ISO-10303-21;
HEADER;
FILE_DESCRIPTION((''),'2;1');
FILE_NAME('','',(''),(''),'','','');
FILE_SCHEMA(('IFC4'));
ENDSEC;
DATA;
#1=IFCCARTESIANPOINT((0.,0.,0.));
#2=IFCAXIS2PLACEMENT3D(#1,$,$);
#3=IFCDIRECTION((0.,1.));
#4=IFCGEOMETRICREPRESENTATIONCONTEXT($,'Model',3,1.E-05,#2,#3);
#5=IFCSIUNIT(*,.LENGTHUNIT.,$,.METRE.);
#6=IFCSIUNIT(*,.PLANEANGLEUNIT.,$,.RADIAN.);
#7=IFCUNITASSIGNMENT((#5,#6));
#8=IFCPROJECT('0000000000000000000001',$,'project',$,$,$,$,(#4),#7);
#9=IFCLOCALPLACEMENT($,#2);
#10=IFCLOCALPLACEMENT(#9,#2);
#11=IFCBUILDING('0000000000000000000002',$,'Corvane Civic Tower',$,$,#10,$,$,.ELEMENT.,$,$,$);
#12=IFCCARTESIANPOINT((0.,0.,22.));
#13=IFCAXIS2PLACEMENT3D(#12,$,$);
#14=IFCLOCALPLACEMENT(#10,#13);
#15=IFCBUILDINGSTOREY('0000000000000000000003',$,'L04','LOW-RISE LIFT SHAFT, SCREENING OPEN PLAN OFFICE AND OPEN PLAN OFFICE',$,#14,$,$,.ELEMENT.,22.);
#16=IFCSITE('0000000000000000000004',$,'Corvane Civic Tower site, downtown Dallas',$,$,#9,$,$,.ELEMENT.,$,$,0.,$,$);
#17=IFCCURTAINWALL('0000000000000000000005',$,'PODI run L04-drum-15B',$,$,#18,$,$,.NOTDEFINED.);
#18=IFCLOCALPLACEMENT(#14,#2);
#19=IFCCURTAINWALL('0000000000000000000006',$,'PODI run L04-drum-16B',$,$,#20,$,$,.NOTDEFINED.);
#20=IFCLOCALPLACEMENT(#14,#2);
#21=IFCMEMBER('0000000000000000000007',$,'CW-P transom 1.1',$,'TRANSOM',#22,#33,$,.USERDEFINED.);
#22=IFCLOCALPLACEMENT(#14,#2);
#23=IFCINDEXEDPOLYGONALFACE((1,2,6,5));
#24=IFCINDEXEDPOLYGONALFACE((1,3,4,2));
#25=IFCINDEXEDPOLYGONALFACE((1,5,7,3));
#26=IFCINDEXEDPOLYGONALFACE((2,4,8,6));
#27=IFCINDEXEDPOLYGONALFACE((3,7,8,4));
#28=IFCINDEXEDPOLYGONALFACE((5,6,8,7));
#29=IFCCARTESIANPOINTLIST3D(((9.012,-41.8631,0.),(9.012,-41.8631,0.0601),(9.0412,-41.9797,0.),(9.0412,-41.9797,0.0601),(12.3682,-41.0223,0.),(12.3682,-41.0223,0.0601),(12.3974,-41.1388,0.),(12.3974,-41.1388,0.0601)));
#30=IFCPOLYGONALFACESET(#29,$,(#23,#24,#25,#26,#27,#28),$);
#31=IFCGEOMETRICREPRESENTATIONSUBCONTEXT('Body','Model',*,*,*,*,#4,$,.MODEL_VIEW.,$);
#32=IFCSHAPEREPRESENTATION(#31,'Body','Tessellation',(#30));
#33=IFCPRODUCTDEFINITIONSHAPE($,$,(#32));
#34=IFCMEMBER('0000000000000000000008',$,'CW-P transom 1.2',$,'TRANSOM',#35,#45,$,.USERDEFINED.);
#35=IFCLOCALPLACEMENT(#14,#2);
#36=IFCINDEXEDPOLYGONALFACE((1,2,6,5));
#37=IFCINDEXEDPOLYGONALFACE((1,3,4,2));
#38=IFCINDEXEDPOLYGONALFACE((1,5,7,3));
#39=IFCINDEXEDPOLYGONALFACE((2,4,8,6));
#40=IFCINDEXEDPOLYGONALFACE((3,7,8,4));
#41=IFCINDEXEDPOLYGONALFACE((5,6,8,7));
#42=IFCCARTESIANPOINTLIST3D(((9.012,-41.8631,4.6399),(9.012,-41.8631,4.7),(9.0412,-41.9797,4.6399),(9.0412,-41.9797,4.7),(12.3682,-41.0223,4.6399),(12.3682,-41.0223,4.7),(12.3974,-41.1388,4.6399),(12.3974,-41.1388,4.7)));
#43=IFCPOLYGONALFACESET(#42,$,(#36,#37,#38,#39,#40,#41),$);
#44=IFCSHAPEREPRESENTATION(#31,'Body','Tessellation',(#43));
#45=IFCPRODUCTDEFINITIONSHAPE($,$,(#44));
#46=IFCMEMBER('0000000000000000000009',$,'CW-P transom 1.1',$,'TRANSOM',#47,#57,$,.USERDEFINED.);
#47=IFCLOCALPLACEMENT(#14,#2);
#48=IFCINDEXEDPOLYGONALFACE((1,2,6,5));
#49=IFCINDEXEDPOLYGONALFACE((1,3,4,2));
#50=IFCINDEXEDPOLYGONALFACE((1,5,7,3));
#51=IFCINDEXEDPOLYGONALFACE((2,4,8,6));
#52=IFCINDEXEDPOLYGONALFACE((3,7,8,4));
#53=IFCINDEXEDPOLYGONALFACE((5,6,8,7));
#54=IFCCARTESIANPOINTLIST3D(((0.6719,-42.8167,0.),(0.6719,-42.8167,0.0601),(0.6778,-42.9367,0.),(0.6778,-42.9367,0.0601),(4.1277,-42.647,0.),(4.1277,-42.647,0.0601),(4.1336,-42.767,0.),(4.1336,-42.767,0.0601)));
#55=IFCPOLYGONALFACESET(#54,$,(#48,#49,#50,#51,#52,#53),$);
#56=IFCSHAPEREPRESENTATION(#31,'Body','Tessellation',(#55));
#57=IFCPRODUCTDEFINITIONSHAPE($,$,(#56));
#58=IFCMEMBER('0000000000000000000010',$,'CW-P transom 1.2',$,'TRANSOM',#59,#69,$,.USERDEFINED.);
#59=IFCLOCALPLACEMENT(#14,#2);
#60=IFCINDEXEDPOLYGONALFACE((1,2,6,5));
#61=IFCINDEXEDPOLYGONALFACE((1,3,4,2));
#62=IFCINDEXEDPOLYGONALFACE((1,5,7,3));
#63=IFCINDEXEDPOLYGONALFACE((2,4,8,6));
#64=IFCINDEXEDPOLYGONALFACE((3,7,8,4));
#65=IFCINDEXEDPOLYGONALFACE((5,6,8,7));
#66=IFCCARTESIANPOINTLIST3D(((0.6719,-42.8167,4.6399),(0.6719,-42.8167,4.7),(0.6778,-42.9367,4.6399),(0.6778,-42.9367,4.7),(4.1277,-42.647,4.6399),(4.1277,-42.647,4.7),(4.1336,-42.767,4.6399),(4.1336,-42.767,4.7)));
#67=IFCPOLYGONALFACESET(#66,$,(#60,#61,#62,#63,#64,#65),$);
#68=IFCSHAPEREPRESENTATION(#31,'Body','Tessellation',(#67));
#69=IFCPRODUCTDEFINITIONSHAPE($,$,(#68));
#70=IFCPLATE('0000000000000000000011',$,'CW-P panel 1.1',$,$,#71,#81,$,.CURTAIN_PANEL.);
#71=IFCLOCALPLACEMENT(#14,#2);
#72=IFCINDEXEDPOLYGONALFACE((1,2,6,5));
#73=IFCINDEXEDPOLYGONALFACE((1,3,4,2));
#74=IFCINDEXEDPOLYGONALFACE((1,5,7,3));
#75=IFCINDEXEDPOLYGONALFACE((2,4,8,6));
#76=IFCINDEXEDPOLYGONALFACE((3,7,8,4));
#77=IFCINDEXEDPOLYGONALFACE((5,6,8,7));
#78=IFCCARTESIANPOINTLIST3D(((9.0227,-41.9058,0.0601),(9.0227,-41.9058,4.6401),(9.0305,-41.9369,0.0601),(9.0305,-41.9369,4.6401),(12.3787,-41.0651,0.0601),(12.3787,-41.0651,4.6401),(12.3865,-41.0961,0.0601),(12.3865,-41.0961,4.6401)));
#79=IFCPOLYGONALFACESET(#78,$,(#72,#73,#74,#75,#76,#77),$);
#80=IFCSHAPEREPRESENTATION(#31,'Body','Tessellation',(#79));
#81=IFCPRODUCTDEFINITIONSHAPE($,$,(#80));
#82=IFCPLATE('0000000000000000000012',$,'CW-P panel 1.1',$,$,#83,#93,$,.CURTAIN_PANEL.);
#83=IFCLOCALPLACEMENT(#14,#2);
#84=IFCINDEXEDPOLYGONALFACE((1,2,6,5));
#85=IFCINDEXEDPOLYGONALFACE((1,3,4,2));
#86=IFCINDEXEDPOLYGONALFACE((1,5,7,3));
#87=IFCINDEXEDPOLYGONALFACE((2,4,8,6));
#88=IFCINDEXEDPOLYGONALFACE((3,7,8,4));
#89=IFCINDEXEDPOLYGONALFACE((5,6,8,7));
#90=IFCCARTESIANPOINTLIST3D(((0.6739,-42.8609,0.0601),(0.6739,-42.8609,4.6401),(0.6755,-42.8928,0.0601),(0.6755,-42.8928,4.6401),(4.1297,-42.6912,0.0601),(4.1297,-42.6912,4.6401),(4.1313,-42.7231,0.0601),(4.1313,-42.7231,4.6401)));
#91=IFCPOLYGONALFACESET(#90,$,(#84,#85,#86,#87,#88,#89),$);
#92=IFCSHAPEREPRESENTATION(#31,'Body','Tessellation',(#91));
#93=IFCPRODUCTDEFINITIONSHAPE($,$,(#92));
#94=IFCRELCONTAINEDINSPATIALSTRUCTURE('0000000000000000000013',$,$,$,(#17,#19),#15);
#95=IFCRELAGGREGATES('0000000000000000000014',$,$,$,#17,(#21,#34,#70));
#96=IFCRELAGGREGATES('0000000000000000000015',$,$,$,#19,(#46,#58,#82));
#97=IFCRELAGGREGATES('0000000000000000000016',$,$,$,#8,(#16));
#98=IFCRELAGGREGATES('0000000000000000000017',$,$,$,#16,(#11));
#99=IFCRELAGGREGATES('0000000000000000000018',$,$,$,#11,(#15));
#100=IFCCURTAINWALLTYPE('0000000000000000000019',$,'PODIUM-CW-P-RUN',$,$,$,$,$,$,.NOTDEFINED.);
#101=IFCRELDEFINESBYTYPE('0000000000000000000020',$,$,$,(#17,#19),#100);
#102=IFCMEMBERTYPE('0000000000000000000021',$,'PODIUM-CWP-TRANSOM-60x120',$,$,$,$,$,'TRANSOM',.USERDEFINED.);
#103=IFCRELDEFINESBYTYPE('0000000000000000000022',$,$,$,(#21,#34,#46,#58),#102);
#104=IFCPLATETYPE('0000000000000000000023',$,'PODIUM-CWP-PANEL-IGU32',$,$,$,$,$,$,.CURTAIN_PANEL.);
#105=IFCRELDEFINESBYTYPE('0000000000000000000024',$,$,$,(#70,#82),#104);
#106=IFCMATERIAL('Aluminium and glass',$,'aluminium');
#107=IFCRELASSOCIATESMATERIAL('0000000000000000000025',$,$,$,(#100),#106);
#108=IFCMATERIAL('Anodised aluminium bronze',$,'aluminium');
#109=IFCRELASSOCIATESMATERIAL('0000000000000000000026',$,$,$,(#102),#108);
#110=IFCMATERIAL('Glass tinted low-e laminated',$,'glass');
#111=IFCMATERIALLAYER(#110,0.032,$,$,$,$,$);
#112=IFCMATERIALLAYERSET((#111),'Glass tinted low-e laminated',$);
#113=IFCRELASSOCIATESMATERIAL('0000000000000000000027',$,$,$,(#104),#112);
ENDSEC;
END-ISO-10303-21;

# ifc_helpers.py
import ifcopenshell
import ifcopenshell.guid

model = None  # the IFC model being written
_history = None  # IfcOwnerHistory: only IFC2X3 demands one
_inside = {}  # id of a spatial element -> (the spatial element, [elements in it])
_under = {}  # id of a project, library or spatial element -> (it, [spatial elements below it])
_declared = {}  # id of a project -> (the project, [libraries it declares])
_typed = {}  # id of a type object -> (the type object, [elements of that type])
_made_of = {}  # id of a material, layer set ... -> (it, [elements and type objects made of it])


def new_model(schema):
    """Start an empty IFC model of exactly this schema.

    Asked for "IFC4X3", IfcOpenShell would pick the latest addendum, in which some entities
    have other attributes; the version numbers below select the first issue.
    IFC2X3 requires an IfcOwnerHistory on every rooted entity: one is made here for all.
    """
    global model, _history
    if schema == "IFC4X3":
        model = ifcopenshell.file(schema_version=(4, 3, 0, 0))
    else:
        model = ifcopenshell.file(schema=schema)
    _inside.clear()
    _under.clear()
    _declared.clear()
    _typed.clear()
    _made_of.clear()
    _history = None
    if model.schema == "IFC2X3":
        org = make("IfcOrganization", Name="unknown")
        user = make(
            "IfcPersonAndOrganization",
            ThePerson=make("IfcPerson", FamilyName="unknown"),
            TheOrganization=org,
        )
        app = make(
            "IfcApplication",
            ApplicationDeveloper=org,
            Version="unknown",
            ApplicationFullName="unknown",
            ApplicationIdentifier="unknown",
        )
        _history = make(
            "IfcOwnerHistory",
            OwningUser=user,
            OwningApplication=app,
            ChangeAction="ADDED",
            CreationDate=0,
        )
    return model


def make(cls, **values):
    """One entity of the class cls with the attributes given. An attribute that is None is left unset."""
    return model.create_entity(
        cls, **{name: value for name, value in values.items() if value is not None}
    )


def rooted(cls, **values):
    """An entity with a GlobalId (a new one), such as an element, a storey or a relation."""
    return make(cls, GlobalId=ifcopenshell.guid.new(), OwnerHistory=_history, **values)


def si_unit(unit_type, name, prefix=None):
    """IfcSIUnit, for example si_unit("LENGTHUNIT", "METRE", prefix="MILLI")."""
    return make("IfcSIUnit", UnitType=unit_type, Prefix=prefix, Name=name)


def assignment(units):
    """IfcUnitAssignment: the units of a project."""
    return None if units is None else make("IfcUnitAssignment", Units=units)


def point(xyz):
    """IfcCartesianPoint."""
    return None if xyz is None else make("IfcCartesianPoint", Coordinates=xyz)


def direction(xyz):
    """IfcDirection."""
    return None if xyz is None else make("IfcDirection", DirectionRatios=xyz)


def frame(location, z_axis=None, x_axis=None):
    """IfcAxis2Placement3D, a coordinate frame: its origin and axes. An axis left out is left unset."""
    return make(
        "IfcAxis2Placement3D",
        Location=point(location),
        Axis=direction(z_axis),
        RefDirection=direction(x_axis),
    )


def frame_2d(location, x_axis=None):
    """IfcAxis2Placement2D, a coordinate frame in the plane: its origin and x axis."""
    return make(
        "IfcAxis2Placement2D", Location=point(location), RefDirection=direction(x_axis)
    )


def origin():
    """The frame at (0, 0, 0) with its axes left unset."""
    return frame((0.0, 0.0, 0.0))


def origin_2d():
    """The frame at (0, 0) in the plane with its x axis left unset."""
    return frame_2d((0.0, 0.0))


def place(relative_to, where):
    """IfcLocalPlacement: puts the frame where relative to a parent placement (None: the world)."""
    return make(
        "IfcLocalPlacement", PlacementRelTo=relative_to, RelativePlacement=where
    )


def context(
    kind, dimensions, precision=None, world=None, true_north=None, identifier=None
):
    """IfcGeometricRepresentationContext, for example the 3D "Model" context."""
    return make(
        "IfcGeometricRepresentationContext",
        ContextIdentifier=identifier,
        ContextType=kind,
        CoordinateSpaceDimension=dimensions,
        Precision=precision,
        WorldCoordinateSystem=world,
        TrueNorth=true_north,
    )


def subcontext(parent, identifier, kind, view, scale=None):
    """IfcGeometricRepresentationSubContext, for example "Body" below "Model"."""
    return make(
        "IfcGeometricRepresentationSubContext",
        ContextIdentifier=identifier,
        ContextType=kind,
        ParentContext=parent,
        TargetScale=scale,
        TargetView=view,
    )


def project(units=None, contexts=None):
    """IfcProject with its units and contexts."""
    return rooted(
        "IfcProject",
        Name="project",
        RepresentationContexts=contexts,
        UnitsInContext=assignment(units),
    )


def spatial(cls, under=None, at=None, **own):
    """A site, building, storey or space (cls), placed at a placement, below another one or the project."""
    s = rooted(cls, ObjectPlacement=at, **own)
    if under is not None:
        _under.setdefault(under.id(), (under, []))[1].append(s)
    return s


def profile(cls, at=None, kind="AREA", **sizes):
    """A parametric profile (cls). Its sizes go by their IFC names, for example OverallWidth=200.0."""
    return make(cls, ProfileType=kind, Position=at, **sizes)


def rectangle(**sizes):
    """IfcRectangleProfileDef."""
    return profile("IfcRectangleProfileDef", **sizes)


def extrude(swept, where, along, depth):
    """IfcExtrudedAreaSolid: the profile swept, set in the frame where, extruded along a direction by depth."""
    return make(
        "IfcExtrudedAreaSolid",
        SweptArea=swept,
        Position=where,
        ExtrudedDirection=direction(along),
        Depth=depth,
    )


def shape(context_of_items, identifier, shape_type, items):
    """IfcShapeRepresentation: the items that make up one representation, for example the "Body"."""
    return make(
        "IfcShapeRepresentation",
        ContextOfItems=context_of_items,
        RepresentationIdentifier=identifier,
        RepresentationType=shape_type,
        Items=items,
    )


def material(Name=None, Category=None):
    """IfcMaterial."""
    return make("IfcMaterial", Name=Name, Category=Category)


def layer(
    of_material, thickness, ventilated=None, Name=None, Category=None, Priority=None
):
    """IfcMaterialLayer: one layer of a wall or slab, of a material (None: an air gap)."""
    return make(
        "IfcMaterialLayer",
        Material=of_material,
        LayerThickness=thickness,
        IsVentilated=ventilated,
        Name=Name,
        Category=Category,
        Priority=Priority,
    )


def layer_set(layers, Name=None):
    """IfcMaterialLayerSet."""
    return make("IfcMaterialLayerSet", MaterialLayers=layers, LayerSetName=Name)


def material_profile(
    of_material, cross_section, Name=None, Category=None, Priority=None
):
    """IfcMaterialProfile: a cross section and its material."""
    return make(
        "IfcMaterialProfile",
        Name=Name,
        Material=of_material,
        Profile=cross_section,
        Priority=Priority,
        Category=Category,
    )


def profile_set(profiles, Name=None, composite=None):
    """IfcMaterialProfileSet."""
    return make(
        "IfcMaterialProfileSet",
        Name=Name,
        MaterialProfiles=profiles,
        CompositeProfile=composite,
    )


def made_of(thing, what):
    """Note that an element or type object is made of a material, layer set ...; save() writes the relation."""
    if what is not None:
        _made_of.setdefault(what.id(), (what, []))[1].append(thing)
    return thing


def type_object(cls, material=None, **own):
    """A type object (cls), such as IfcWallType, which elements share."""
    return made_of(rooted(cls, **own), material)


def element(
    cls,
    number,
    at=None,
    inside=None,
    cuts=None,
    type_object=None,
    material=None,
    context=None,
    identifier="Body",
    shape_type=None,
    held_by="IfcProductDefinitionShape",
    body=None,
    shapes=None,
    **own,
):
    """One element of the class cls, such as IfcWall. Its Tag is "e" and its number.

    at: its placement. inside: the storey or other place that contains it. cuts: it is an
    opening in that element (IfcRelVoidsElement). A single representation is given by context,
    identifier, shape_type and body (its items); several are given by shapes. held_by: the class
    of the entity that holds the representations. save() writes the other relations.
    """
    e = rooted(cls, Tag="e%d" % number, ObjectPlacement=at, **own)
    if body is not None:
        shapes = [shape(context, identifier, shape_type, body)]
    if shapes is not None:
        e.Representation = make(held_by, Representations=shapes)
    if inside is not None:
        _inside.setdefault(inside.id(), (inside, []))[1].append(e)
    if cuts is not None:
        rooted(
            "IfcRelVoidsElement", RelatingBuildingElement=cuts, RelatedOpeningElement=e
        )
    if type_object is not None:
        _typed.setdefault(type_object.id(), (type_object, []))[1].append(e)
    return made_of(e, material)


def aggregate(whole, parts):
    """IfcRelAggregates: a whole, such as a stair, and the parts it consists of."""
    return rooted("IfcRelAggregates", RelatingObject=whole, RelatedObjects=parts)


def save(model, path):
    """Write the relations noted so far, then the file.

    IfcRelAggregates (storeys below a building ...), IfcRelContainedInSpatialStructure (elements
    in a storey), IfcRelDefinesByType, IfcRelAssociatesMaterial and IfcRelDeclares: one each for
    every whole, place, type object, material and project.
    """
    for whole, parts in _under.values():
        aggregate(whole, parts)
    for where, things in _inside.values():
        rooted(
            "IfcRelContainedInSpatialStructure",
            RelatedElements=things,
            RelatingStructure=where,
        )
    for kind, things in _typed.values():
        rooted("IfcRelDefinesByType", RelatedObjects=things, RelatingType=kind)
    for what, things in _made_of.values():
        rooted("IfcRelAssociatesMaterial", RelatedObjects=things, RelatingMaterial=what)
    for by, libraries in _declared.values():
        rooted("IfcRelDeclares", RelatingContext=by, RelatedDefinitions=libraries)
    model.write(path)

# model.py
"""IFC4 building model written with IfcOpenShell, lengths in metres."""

from ifc_helpers import new_model, si_unit, direction, frame, origin, origin_2d, place, context, subcontext, project, spatial, rectangle, extrude, material, layer, layer_set, material_profile, profile_set, type_object, element, aggregate, save


model = new_model("IFC4")

# Units and contexts
model_context = context("Model", 3, precision=1e-05, world=origin(), true_north=direction((0.0, 1.0)))
body_context = subcontext(model_context, "Body", "Model", "MODEL_VIEW")
ifc_project = project(units=[si_unit("LENGTHUNIT", "METRE"), si_unit("PLANEANGLEUNIT", "RADIAN")], contexts=[model_context])

# Site, building, storey
site_placement = place(None, origin())
site = spatial("IfcSite", under=ifc_project, at=site_placement, Name="Corvane Civic Tower site, downtown Dallas", CompositionType="ELEMENT", RefElevation=0.0)
building_placement = place(site_placement, origin())
building = spatial("IfcBuilding", under=site, at=building_placement, Name="Corvane Civic Tower", CompositionType="ELEMENT")
storey_placement = place(building_placement, frame((0.0, 0.0, 22.0)))
storey = spatial("IfcBuildingStorey", under=building, at=storey_placement, Name="L04", Description="LOW-RISE LIFT SHAFT, SCREENING OPEN PLAN OFFICE AND OPEN PLAN OFFICE", CompositionType="ELEMENT", Elevation=22.0)

# Curtain walls
ifc_material_1 = material(Name="Aluminium and glass", Category="aluminium")
curtain_wall_type = type_object("IfcCurtainWallType", Name="PODIUM-CW-P-RUN", PredefinedType="NOTDEFINED", material=ifc_material_1)
curtain_wall_1_placement = place(storey_placement, origin())
curtain_wall_1 = element("IfcCurtainWall", 1, at=curtain_wall_1_placement, inside=storey, type_object=curtain_wall_type, Name="PODI run L04-drum-15B", PredefinedType="NOTDEFINED")
curtain_wall_2_placement = place(storey_placement, origin())
curtain_wall_2 = element("IfcCurtainWall", 2, at=curtain_wall_2_placement, inside=storey, type_object=curtain_wall_type, Name="PODI run L04-drum-16B", PredefinedType="NOTDEFINED")

# Members
ifc_material_2 = material(Name="Anodised aluminium bronze", Category="aluminium")
ifc_material_profile_1 = material_profile(ifc_material_2, rectangle(XDim=0.1201, YDim=0.0601, at=origin_2d()), Name="AL 120x60")
ifc_profile_set_1 = profile_set([ifc_material_profile_1], Name="Anodised aluminium bronze")
member_type_1 = type_object("IfcMemberType", Name="PODIUM-CWP-TRANSOM-60x120", ElementType="TRANSOM", PredefinedType="USERDEFINED", material=ifc_profile_set_1)
member_1_placement = place(storey_placement, frame((12.3828, -41.0806, 0.03), z_axis=(-0.970022, -0.243017, 0.0), x_axis=(0.243017, -0.970022, 0.0)))
member_1 = element("IfcMember", 3, at=member_1_placement, type_object=member_type_1, Name="CW-P transom 1.1", ObjectType="TRANSOM", PredefinedType="USERDEFINED", context=body_context, shape_type="SweptSolid", body=[
    extrude(rectangle(XDim=0.1201, YDim=0.0601, at=origin_2d()), origin(), (0.0, 0.0, 1.0), 3.46),
])
member_2_placement = place(storey_placement, frame((12.3828, -41.0806, 4.6699), z_axis=(-0.970022, -0.243017, 0.0), x_axis=(0.243017, -0.970022, 0.0)))
member_2 = element("IfcMember", 4, at=member_2_placement, type_object=member_type_1, Name="CW-P transom 1.2", ObjectType="TRANSOM", PredefinedType="USERDEFINED", context=body_context, shape_type="SweptSolid", body=[
    extrude(rectangle(XDim=0.1201, YDim=0.0601, at=origin_2d()), origin(), (0.0, 0.0, 1.0), 3.46),
])
member_3_placement = place(storey_placement, frame((4.1306, -42.707, 0.03), z_axis=(-0.998797, -0.04904, 0.0), x_axis=(0.04904, -0.998797, 0.0)))
member_3 = element("IfcMember", 5, at=member_3_placement, type_object=member_type_1, Name="CW-P transom 1.1", ObjectType="TRANSOM", PredefinedType="USERDEFINED", context=body_context, shape_type="SweptSolid", body=[
    extrude(rectangle(XDim=0.1201, YDim=0.0601, at=origin_2d()), origin(), (0.0, 0.0, 1.0), 3.46),
])
member_4_placement = place(storey_placement, frame((4.1306, -42.707, 4.6699), z_axis=(-0.998797, -0.04904, 0.0), x_axis=(0.04904, -0.998797, 0.0)))
member_4 = element("IfcMember", 6, at=member_4_placement, type_object=member_type_1, Name="CW-P transom 1.2", ObjectType="TRANSOM", PredefinedType="USERDEFINED", context=body_context, shape_type="SweptSolid", body=[
    extrude(rectangle(XDim=0.1201, YDim=0.0601, at=origin_2d()), origin(), (0.0, 0.0, 1.0), 3.46),
])

# Plates
ifc_material_3 = material(Name="Glass tinted low-e laminated", Category="glass")
ifc_layer_1 = layer(ifc_material_3, 0.032)
ifc_layer_set_1 = layer_set([ifc_layer_1], Name="Glass tinted low-e laminated")
plate_type = type_object("IfcPlateType", Name="PODIUM-CWP-PANEL-IGU32", PredefinedType="CURTAIN_PANEL", material=ifc_layer_set_1)
plate_1_placement = place(storey_placement, frame((10.7046, -41.501, 0.0601), z_axis=(0.0, 0.0, 1.0), x_axis=(-0.970024, -0.243009, 0.0)))
plate_1 = element("IfcPlate", 7, at=plate_1_placement, type_object=plate_type, Name="CW-P panel 1.1", PredefinedType="CURTAIN_PANEL", context=body_context, shape_type="SweptSolid", body=[
    extrude(rectangle(XDim=3.4597, YDim=0.032, at=origin_2d()), origin(), (0.0, 0.0, 1.0), 4.5801),
])
aggregate(curtain_wall_1, [member_1, member_2, plate_1])
plate_2_placement = place(storey_placement, frame((2.4026, -42.792, 0.0601), z_axis=(0.0, 0.0, 1.0), x_axis=(-0.998796, -0.04905, 0.0)))
plate_2 = element("IfcPlate", 8, at=plate_2_placement, type_object=plate_type, Name="CW-P panel 1.1", PredefinedType="CURTAIN_PANEL", context=body_context, shape_type="SweptSolid", body=[
    extrude(rectangle(XDim=3.46, YDim=0.032, at=origin_2d()), origin(), (0.0, 0.0, 1.0), 4.5801),
])
aggregate(curtain_wall_2, [member_3, member_4, plate_2])

save(model, "model.ifc")
